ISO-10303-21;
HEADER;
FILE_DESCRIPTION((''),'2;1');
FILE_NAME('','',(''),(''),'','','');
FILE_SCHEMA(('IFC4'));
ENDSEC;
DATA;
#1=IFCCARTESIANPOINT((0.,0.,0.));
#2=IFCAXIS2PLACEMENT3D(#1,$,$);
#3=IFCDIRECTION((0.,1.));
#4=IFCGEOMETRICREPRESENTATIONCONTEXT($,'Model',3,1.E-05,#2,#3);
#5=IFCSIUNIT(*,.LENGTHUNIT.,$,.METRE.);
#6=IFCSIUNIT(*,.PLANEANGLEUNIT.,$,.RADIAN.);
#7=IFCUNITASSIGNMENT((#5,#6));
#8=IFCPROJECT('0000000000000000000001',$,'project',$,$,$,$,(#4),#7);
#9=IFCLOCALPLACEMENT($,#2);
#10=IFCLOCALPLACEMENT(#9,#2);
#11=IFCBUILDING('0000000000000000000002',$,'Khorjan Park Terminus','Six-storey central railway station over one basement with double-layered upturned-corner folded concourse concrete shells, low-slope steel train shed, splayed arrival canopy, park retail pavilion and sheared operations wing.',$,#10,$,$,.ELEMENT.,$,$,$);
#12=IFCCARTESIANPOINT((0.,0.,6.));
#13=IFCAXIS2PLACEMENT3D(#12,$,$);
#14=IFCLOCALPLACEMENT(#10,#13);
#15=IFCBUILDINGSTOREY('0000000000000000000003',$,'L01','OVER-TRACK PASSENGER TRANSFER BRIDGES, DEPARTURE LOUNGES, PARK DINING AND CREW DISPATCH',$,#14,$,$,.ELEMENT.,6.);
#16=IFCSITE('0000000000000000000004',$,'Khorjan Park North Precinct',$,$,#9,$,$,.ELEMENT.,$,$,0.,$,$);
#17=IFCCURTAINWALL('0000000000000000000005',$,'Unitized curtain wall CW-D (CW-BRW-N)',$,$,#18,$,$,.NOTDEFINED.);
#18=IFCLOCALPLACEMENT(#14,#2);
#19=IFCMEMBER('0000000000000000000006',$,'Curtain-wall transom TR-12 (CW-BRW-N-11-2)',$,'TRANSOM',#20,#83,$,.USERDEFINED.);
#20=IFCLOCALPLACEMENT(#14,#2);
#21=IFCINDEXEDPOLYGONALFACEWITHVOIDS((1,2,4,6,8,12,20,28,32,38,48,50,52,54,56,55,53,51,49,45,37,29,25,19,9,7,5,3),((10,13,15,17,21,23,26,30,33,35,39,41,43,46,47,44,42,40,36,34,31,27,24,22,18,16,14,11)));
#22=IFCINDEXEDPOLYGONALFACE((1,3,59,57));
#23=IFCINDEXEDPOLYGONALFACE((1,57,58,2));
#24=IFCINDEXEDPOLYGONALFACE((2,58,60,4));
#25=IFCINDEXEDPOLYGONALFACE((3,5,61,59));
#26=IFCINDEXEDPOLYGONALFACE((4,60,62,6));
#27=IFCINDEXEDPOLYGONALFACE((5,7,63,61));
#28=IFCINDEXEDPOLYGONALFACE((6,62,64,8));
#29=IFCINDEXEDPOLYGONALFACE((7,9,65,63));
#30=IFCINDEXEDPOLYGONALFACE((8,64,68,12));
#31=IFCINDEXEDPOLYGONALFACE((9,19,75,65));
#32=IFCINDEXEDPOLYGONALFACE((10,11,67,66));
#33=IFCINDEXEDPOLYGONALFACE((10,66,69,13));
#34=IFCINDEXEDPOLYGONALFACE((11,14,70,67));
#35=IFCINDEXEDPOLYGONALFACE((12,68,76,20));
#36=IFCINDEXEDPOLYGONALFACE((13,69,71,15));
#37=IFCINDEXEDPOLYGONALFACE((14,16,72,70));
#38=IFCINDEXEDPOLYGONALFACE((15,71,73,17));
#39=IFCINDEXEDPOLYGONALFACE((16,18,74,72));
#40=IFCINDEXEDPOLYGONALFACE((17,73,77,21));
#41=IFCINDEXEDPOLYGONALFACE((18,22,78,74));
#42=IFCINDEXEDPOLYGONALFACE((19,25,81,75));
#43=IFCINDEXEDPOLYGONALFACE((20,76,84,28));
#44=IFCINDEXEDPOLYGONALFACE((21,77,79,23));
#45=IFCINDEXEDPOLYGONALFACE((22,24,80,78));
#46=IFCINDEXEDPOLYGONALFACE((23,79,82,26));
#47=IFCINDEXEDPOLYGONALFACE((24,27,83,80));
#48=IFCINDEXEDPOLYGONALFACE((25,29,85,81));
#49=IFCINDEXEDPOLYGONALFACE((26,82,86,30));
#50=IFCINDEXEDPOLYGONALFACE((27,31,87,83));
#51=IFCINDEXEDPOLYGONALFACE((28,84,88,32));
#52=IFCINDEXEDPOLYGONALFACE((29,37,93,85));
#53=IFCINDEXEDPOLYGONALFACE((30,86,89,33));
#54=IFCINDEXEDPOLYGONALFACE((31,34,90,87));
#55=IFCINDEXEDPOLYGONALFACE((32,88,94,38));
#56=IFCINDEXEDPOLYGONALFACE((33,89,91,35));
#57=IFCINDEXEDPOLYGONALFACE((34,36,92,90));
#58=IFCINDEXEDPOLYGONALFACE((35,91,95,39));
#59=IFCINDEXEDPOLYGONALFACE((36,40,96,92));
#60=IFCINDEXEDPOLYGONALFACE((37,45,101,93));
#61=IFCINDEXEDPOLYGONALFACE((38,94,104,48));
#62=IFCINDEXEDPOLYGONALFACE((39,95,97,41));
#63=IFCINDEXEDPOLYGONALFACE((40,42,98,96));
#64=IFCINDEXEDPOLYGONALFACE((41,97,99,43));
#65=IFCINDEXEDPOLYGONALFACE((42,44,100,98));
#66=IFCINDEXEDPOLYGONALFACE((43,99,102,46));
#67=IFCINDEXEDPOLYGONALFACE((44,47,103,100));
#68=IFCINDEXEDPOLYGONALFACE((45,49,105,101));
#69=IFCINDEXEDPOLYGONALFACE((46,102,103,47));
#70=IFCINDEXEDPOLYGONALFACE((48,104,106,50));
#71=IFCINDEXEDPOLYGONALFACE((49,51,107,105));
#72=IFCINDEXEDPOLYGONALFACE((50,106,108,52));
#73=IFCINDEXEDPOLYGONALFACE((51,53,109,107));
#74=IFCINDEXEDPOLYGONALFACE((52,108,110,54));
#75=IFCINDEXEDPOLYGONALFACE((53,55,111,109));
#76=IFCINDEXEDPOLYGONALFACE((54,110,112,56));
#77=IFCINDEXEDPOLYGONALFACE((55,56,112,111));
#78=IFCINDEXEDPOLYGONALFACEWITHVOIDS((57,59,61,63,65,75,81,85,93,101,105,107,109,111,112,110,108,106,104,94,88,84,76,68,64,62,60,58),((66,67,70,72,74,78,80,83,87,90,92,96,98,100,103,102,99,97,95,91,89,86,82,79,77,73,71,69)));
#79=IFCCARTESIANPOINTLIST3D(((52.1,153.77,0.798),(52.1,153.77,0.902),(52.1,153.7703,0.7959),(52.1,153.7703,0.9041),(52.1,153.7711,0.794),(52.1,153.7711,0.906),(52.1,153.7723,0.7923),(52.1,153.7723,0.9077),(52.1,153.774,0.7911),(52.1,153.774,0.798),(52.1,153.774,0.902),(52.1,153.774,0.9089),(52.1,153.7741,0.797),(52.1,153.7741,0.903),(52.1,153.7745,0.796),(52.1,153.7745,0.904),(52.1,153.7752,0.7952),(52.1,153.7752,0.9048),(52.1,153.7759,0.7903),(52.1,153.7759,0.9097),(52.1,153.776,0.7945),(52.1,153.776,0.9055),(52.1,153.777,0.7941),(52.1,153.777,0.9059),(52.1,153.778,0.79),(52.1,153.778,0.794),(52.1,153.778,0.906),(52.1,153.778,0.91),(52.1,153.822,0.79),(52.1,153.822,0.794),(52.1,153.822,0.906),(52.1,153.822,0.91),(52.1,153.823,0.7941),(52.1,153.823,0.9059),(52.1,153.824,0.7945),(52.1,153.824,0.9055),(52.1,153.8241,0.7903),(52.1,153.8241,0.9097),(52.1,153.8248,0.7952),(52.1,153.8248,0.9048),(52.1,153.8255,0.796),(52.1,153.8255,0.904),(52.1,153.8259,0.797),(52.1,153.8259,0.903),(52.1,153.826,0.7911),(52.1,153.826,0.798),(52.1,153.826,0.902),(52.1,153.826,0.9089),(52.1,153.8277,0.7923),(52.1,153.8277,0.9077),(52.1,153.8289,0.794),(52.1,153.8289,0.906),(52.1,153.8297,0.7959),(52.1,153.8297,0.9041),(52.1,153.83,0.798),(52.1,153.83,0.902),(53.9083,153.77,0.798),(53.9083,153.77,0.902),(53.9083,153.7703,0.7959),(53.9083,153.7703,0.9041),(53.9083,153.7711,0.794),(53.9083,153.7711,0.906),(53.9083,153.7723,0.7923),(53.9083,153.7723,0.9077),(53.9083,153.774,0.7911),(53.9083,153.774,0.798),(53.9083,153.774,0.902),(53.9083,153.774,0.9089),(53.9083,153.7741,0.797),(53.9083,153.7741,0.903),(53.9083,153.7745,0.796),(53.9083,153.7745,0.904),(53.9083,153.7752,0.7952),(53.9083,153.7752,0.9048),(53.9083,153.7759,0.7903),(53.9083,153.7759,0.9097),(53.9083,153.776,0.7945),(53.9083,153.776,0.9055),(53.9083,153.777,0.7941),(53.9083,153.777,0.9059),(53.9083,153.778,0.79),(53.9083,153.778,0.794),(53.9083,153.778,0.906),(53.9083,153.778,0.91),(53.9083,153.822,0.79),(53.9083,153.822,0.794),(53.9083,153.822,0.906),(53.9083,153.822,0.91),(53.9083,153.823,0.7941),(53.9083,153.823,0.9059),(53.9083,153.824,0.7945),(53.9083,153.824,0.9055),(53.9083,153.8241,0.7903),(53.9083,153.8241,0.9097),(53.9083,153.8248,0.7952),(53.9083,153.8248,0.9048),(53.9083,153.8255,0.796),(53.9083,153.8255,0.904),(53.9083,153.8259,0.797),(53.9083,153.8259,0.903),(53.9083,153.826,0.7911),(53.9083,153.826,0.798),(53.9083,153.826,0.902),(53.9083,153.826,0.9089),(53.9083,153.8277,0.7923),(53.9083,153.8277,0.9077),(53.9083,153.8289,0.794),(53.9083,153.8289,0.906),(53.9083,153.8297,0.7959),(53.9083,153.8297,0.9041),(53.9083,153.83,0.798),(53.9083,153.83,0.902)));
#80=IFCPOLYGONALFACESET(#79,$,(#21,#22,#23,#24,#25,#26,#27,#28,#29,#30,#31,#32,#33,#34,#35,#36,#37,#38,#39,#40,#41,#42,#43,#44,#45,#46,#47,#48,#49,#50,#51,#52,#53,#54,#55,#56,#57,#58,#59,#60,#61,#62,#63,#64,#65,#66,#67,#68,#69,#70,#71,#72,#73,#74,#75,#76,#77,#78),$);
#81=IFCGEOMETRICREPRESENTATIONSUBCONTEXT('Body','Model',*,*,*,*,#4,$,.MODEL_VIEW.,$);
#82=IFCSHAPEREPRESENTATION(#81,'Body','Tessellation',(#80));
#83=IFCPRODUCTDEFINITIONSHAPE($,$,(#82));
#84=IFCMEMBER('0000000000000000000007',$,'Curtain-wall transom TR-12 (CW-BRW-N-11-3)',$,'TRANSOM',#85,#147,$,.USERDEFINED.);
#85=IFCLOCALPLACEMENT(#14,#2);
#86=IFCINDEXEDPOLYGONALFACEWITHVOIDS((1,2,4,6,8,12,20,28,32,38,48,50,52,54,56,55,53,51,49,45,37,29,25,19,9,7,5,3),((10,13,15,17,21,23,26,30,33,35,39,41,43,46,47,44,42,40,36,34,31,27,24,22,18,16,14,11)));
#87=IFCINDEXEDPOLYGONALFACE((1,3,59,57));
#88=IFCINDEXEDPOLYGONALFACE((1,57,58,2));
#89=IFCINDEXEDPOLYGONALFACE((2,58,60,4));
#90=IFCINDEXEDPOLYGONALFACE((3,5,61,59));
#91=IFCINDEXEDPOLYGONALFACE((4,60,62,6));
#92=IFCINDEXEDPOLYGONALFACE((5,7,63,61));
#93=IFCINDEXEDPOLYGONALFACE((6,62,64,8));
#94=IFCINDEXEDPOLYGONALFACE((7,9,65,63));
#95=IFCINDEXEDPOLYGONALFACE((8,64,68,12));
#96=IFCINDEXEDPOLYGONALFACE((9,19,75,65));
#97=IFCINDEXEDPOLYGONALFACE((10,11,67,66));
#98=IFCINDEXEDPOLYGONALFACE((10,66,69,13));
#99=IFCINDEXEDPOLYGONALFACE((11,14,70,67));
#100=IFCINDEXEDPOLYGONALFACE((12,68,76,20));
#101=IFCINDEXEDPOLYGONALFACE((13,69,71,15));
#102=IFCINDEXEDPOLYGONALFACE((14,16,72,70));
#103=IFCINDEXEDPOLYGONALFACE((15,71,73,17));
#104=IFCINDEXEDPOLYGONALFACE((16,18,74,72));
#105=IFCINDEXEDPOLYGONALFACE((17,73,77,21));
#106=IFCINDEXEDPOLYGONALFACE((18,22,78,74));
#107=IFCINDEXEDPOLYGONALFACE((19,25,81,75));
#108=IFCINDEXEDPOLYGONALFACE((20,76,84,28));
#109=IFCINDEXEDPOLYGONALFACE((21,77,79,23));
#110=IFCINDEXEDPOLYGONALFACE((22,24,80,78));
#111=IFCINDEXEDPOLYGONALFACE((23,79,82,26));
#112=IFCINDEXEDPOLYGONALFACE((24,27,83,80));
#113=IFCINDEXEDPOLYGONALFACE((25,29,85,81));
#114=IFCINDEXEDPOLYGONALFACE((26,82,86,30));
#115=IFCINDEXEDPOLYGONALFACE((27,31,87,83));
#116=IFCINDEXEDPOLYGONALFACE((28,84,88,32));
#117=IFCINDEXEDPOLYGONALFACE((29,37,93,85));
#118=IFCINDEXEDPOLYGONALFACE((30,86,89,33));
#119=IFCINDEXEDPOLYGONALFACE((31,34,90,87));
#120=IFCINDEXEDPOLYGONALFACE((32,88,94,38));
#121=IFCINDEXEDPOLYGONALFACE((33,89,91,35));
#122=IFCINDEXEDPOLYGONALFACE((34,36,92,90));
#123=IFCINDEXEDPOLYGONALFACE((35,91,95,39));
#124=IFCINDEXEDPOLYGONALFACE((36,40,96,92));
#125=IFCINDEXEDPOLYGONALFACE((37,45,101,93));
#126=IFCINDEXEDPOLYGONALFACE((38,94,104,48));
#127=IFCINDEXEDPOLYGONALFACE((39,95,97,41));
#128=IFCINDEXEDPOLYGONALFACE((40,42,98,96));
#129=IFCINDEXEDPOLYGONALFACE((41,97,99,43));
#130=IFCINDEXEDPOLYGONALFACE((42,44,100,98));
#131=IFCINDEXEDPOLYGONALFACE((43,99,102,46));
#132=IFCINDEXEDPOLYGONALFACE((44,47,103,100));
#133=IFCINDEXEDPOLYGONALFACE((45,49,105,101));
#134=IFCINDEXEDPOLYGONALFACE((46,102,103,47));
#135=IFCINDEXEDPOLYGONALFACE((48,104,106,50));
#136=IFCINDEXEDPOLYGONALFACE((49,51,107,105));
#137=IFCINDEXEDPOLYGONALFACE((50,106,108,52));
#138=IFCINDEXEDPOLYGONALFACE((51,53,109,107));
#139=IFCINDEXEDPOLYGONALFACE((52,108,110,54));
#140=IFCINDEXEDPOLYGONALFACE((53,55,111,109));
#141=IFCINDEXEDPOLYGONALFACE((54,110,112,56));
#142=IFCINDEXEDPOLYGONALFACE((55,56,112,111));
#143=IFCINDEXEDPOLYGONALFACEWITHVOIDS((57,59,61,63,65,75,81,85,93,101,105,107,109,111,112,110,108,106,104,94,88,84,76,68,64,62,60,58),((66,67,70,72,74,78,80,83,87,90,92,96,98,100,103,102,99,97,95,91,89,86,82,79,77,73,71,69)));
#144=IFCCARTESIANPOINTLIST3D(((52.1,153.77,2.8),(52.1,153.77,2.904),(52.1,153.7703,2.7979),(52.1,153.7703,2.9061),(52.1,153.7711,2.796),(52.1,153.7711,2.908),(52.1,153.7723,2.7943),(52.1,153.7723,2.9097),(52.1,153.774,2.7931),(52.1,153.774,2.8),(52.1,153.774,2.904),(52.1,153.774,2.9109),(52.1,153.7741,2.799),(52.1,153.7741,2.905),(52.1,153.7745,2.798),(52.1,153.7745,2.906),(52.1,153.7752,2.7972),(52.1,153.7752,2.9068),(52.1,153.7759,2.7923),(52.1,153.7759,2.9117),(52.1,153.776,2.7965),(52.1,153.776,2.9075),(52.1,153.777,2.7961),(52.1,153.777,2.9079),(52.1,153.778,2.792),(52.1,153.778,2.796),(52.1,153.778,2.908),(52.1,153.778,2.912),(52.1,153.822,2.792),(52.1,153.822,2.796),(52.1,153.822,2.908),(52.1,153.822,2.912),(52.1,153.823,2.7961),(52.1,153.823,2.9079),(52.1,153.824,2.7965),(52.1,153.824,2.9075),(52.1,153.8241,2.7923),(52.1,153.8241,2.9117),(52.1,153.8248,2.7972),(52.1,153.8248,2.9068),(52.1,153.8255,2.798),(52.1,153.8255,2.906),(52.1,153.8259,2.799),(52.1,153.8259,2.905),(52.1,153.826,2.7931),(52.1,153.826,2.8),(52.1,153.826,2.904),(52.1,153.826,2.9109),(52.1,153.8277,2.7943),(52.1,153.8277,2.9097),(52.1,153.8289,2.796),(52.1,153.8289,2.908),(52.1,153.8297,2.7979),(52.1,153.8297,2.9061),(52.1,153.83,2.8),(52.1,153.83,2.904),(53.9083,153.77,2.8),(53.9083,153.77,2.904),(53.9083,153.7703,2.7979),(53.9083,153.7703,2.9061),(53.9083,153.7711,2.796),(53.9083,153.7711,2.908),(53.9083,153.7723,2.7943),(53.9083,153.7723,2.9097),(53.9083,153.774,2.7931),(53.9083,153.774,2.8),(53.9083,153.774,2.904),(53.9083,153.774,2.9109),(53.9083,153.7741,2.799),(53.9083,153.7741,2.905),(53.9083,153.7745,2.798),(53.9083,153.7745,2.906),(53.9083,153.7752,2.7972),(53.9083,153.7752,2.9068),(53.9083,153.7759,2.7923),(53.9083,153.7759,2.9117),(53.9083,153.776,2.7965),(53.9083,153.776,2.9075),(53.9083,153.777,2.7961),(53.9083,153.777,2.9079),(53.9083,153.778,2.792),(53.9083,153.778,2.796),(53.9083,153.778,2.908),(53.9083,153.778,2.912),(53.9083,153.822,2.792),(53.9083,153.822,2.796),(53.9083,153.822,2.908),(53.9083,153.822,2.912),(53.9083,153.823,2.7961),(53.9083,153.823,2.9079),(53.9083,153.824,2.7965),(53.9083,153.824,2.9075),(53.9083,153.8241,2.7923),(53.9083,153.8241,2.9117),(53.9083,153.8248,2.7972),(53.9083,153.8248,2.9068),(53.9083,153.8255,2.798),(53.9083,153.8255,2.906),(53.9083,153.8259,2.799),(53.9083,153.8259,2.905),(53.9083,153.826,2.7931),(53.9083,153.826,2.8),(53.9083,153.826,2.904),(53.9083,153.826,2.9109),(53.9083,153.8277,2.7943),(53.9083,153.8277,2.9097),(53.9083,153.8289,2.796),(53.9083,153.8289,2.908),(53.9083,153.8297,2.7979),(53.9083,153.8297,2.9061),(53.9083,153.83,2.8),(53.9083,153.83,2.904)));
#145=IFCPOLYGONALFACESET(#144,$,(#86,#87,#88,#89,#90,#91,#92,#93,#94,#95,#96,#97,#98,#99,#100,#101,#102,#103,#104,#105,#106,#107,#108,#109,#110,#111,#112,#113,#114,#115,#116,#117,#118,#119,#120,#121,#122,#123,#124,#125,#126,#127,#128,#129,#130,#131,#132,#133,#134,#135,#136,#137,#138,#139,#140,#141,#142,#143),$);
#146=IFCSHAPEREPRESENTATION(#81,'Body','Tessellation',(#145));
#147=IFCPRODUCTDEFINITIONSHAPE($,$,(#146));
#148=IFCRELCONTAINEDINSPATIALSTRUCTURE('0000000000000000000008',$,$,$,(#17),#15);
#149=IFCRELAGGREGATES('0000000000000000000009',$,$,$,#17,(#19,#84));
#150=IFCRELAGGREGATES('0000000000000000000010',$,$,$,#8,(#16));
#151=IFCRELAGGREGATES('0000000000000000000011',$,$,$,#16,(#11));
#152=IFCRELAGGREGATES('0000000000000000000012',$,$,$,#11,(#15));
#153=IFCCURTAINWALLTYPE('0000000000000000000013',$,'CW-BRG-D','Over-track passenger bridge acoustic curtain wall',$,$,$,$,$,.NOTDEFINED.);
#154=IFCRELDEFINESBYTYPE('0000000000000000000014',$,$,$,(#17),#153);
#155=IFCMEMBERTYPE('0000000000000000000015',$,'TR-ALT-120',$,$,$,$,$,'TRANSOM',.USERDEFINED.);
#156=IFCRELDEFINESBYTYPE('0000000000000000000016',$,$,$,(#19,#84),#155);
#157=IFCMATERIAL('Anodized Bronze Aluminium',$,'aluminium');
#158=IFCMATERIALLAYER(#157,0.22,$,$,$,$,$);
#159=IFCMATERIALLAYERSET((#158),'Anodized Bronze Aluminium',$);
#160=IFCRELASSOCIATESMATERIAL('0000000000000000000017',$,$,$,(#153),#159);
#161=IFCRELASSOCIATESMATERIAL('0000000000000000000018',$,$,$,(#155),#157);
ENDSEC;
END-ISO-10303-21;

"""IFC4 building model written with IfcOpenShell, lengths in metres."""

from ifc_helpers import new_model, si_unit, direction, frame, origin, origin_2d, place, context, subcontext, project, spatial, hollow_rectangle, extrude, material, layer, layer_set, material_profile, profile_set, type_object, element, aggregate, save


model = new_model("IFC4")

# Units and contexts
model_context = context("Model", 3, precision=1e-05, world=origin(), true_north=direction((0.0, 1.0)))
body_context = subcontext(model_context, "Body", "Model", "MODEL_VIEW")
ifc_project = project(units=[si_unit("LENGTHUNIT", "METRE"), si_unit("PLANEANGLEUNIT", "RADIAN")], contexts=[model_context])

# Site, building, storey
site_placement = place(None, origin())
site = spatial("IfcSite", under=ifc_project, at=site_placement, Name="Khorjan Park North Precinct", CompositionType="ELEMENT", RefElevation=0.0)
building_placement = place(site_placement, origin())
building = spatial("IfcBuilding", under=site, at=building_placement, Name="Khorjan Park Terminus", Description="Six-storey central railway station over one basement with double-layered upturned-corner folded concourse concrete shells, low-slope steel train shed, splayed arrival canopy, park retail pavilion and sheared operations wing.", CompositionType="ELEMENT")
storey_placement = place(building_placement, frame((0.0, 0.0, 6.0)))
storey = spatial("IfcBuildingStorey", under=building, at=storey_placement, Name="L01", Description="OVER-TRACK PASSENGER TRANSFER BRIDGES, DEPARTURE LOUNGES, PARK DINING AND CREW DISPATCH", CompositionType="ELEMENT", Elevation=6.0)

# Curtain wall
ifc_material_1 = material(Name="Anodized Bronze Aluminium", Category="aluminium")
ifc_layer_1 = layer(ifc_material_1, 0.22)
ifc_layer_set_1 = layer_set([ifc_layer_1], Name="Anodized Bronze Aluminium")
curtain_wall_type = type_object("IfcCurtainWallType", Name="CW-BRG-D", Description="Over-track passenger bridge acoustic curtain wall", PredefinedType="NOTDEFINED", material=ifc_layer_set_1)
curtain_wall_1_placement = place(storey_placement, origin())
curtain_wall_1 = element("IfcCurtainWall", 1, at=curtain_wall_1_placement, inside=storey, type_object=curtain_wall_type, Name="Unitized curtain wall CW-D (CW-BRW-N)", PredefinedType="NOTDEFINED")
ifc_material_profile_1 = material_profile(ifc_material_1, hollow_rectangle(XDim=0.06, YDim=0.12, WallThickness=0.004, InnerFilletRadius=0.004, OuterFilletRadius=0.008, at=origin_2d()), Name="ALT 60x120x4")
ifc_profile_set_1 = profile_set([ifc_material_profile_1], Name="Anodized Bronze Aluminium")
member_type_1 = type_object("IfcMemberType", Name="TR-ALT-120", ElementType="TRANSOM", PredefinedType="USERDEFINED", material=ifc_profile_set_1)

# Members
member_1_placement = place(storey_placement, frame((53.9083, 153.8, 0.85), z_axis=(-1.0, 0.0, 0.0), x_axis=(0.0, -1.0, 0.0)))
member_1 = element("IfcMember", 2, at=member_1_placement, type_object=member_type_1, Name="Curtain-wall transom TR-12 (CW-BRW-N-11-2)", ObjectType="TRANSOM", PredefinedType="USERDEFINED", context=body_context, shape_type="SweptSolid", body=[
    extrude(hollow_rectangle(XDim=0.06, YDim=0.12, WallThickness=0.004, InnerFilletRadius=0.004, OuterFilletRadius=0.008, at=origin_2d()), origin(), (0.0, 0.0, 1.0), 1.8083),
])
member_2_placement = place(storey_placement, frame((53.9083, 153.8, 2.852), z_axis=(-1.0, 0.0, 0.0), x_axis=(0.0, -1.0, 0.0)))
member_2 = element("IfcMember", 3, at=member_2_placement, type_object=member_type_1, Name="Curtain-wall transom TR-12 (CW-BRW-N-11-3)", ObjectType="TRANSOM", PredefinedType="USERDEFINED", context=body_context, shape_type="SweptSolid", body=[
    extrude(hollow_rectangle(XDim=0.06, YDim=0.12, WallThickness=0.004, InnerFilletRadius=0.004, OuterFilletRadius=0.008, at=origin_2d()), origin(), (0.0, 0.0, 1.0), 1.8083),
])

aggregate(curtain_wall_1, [member_1, member_2])

save(model, "model.ifc")
